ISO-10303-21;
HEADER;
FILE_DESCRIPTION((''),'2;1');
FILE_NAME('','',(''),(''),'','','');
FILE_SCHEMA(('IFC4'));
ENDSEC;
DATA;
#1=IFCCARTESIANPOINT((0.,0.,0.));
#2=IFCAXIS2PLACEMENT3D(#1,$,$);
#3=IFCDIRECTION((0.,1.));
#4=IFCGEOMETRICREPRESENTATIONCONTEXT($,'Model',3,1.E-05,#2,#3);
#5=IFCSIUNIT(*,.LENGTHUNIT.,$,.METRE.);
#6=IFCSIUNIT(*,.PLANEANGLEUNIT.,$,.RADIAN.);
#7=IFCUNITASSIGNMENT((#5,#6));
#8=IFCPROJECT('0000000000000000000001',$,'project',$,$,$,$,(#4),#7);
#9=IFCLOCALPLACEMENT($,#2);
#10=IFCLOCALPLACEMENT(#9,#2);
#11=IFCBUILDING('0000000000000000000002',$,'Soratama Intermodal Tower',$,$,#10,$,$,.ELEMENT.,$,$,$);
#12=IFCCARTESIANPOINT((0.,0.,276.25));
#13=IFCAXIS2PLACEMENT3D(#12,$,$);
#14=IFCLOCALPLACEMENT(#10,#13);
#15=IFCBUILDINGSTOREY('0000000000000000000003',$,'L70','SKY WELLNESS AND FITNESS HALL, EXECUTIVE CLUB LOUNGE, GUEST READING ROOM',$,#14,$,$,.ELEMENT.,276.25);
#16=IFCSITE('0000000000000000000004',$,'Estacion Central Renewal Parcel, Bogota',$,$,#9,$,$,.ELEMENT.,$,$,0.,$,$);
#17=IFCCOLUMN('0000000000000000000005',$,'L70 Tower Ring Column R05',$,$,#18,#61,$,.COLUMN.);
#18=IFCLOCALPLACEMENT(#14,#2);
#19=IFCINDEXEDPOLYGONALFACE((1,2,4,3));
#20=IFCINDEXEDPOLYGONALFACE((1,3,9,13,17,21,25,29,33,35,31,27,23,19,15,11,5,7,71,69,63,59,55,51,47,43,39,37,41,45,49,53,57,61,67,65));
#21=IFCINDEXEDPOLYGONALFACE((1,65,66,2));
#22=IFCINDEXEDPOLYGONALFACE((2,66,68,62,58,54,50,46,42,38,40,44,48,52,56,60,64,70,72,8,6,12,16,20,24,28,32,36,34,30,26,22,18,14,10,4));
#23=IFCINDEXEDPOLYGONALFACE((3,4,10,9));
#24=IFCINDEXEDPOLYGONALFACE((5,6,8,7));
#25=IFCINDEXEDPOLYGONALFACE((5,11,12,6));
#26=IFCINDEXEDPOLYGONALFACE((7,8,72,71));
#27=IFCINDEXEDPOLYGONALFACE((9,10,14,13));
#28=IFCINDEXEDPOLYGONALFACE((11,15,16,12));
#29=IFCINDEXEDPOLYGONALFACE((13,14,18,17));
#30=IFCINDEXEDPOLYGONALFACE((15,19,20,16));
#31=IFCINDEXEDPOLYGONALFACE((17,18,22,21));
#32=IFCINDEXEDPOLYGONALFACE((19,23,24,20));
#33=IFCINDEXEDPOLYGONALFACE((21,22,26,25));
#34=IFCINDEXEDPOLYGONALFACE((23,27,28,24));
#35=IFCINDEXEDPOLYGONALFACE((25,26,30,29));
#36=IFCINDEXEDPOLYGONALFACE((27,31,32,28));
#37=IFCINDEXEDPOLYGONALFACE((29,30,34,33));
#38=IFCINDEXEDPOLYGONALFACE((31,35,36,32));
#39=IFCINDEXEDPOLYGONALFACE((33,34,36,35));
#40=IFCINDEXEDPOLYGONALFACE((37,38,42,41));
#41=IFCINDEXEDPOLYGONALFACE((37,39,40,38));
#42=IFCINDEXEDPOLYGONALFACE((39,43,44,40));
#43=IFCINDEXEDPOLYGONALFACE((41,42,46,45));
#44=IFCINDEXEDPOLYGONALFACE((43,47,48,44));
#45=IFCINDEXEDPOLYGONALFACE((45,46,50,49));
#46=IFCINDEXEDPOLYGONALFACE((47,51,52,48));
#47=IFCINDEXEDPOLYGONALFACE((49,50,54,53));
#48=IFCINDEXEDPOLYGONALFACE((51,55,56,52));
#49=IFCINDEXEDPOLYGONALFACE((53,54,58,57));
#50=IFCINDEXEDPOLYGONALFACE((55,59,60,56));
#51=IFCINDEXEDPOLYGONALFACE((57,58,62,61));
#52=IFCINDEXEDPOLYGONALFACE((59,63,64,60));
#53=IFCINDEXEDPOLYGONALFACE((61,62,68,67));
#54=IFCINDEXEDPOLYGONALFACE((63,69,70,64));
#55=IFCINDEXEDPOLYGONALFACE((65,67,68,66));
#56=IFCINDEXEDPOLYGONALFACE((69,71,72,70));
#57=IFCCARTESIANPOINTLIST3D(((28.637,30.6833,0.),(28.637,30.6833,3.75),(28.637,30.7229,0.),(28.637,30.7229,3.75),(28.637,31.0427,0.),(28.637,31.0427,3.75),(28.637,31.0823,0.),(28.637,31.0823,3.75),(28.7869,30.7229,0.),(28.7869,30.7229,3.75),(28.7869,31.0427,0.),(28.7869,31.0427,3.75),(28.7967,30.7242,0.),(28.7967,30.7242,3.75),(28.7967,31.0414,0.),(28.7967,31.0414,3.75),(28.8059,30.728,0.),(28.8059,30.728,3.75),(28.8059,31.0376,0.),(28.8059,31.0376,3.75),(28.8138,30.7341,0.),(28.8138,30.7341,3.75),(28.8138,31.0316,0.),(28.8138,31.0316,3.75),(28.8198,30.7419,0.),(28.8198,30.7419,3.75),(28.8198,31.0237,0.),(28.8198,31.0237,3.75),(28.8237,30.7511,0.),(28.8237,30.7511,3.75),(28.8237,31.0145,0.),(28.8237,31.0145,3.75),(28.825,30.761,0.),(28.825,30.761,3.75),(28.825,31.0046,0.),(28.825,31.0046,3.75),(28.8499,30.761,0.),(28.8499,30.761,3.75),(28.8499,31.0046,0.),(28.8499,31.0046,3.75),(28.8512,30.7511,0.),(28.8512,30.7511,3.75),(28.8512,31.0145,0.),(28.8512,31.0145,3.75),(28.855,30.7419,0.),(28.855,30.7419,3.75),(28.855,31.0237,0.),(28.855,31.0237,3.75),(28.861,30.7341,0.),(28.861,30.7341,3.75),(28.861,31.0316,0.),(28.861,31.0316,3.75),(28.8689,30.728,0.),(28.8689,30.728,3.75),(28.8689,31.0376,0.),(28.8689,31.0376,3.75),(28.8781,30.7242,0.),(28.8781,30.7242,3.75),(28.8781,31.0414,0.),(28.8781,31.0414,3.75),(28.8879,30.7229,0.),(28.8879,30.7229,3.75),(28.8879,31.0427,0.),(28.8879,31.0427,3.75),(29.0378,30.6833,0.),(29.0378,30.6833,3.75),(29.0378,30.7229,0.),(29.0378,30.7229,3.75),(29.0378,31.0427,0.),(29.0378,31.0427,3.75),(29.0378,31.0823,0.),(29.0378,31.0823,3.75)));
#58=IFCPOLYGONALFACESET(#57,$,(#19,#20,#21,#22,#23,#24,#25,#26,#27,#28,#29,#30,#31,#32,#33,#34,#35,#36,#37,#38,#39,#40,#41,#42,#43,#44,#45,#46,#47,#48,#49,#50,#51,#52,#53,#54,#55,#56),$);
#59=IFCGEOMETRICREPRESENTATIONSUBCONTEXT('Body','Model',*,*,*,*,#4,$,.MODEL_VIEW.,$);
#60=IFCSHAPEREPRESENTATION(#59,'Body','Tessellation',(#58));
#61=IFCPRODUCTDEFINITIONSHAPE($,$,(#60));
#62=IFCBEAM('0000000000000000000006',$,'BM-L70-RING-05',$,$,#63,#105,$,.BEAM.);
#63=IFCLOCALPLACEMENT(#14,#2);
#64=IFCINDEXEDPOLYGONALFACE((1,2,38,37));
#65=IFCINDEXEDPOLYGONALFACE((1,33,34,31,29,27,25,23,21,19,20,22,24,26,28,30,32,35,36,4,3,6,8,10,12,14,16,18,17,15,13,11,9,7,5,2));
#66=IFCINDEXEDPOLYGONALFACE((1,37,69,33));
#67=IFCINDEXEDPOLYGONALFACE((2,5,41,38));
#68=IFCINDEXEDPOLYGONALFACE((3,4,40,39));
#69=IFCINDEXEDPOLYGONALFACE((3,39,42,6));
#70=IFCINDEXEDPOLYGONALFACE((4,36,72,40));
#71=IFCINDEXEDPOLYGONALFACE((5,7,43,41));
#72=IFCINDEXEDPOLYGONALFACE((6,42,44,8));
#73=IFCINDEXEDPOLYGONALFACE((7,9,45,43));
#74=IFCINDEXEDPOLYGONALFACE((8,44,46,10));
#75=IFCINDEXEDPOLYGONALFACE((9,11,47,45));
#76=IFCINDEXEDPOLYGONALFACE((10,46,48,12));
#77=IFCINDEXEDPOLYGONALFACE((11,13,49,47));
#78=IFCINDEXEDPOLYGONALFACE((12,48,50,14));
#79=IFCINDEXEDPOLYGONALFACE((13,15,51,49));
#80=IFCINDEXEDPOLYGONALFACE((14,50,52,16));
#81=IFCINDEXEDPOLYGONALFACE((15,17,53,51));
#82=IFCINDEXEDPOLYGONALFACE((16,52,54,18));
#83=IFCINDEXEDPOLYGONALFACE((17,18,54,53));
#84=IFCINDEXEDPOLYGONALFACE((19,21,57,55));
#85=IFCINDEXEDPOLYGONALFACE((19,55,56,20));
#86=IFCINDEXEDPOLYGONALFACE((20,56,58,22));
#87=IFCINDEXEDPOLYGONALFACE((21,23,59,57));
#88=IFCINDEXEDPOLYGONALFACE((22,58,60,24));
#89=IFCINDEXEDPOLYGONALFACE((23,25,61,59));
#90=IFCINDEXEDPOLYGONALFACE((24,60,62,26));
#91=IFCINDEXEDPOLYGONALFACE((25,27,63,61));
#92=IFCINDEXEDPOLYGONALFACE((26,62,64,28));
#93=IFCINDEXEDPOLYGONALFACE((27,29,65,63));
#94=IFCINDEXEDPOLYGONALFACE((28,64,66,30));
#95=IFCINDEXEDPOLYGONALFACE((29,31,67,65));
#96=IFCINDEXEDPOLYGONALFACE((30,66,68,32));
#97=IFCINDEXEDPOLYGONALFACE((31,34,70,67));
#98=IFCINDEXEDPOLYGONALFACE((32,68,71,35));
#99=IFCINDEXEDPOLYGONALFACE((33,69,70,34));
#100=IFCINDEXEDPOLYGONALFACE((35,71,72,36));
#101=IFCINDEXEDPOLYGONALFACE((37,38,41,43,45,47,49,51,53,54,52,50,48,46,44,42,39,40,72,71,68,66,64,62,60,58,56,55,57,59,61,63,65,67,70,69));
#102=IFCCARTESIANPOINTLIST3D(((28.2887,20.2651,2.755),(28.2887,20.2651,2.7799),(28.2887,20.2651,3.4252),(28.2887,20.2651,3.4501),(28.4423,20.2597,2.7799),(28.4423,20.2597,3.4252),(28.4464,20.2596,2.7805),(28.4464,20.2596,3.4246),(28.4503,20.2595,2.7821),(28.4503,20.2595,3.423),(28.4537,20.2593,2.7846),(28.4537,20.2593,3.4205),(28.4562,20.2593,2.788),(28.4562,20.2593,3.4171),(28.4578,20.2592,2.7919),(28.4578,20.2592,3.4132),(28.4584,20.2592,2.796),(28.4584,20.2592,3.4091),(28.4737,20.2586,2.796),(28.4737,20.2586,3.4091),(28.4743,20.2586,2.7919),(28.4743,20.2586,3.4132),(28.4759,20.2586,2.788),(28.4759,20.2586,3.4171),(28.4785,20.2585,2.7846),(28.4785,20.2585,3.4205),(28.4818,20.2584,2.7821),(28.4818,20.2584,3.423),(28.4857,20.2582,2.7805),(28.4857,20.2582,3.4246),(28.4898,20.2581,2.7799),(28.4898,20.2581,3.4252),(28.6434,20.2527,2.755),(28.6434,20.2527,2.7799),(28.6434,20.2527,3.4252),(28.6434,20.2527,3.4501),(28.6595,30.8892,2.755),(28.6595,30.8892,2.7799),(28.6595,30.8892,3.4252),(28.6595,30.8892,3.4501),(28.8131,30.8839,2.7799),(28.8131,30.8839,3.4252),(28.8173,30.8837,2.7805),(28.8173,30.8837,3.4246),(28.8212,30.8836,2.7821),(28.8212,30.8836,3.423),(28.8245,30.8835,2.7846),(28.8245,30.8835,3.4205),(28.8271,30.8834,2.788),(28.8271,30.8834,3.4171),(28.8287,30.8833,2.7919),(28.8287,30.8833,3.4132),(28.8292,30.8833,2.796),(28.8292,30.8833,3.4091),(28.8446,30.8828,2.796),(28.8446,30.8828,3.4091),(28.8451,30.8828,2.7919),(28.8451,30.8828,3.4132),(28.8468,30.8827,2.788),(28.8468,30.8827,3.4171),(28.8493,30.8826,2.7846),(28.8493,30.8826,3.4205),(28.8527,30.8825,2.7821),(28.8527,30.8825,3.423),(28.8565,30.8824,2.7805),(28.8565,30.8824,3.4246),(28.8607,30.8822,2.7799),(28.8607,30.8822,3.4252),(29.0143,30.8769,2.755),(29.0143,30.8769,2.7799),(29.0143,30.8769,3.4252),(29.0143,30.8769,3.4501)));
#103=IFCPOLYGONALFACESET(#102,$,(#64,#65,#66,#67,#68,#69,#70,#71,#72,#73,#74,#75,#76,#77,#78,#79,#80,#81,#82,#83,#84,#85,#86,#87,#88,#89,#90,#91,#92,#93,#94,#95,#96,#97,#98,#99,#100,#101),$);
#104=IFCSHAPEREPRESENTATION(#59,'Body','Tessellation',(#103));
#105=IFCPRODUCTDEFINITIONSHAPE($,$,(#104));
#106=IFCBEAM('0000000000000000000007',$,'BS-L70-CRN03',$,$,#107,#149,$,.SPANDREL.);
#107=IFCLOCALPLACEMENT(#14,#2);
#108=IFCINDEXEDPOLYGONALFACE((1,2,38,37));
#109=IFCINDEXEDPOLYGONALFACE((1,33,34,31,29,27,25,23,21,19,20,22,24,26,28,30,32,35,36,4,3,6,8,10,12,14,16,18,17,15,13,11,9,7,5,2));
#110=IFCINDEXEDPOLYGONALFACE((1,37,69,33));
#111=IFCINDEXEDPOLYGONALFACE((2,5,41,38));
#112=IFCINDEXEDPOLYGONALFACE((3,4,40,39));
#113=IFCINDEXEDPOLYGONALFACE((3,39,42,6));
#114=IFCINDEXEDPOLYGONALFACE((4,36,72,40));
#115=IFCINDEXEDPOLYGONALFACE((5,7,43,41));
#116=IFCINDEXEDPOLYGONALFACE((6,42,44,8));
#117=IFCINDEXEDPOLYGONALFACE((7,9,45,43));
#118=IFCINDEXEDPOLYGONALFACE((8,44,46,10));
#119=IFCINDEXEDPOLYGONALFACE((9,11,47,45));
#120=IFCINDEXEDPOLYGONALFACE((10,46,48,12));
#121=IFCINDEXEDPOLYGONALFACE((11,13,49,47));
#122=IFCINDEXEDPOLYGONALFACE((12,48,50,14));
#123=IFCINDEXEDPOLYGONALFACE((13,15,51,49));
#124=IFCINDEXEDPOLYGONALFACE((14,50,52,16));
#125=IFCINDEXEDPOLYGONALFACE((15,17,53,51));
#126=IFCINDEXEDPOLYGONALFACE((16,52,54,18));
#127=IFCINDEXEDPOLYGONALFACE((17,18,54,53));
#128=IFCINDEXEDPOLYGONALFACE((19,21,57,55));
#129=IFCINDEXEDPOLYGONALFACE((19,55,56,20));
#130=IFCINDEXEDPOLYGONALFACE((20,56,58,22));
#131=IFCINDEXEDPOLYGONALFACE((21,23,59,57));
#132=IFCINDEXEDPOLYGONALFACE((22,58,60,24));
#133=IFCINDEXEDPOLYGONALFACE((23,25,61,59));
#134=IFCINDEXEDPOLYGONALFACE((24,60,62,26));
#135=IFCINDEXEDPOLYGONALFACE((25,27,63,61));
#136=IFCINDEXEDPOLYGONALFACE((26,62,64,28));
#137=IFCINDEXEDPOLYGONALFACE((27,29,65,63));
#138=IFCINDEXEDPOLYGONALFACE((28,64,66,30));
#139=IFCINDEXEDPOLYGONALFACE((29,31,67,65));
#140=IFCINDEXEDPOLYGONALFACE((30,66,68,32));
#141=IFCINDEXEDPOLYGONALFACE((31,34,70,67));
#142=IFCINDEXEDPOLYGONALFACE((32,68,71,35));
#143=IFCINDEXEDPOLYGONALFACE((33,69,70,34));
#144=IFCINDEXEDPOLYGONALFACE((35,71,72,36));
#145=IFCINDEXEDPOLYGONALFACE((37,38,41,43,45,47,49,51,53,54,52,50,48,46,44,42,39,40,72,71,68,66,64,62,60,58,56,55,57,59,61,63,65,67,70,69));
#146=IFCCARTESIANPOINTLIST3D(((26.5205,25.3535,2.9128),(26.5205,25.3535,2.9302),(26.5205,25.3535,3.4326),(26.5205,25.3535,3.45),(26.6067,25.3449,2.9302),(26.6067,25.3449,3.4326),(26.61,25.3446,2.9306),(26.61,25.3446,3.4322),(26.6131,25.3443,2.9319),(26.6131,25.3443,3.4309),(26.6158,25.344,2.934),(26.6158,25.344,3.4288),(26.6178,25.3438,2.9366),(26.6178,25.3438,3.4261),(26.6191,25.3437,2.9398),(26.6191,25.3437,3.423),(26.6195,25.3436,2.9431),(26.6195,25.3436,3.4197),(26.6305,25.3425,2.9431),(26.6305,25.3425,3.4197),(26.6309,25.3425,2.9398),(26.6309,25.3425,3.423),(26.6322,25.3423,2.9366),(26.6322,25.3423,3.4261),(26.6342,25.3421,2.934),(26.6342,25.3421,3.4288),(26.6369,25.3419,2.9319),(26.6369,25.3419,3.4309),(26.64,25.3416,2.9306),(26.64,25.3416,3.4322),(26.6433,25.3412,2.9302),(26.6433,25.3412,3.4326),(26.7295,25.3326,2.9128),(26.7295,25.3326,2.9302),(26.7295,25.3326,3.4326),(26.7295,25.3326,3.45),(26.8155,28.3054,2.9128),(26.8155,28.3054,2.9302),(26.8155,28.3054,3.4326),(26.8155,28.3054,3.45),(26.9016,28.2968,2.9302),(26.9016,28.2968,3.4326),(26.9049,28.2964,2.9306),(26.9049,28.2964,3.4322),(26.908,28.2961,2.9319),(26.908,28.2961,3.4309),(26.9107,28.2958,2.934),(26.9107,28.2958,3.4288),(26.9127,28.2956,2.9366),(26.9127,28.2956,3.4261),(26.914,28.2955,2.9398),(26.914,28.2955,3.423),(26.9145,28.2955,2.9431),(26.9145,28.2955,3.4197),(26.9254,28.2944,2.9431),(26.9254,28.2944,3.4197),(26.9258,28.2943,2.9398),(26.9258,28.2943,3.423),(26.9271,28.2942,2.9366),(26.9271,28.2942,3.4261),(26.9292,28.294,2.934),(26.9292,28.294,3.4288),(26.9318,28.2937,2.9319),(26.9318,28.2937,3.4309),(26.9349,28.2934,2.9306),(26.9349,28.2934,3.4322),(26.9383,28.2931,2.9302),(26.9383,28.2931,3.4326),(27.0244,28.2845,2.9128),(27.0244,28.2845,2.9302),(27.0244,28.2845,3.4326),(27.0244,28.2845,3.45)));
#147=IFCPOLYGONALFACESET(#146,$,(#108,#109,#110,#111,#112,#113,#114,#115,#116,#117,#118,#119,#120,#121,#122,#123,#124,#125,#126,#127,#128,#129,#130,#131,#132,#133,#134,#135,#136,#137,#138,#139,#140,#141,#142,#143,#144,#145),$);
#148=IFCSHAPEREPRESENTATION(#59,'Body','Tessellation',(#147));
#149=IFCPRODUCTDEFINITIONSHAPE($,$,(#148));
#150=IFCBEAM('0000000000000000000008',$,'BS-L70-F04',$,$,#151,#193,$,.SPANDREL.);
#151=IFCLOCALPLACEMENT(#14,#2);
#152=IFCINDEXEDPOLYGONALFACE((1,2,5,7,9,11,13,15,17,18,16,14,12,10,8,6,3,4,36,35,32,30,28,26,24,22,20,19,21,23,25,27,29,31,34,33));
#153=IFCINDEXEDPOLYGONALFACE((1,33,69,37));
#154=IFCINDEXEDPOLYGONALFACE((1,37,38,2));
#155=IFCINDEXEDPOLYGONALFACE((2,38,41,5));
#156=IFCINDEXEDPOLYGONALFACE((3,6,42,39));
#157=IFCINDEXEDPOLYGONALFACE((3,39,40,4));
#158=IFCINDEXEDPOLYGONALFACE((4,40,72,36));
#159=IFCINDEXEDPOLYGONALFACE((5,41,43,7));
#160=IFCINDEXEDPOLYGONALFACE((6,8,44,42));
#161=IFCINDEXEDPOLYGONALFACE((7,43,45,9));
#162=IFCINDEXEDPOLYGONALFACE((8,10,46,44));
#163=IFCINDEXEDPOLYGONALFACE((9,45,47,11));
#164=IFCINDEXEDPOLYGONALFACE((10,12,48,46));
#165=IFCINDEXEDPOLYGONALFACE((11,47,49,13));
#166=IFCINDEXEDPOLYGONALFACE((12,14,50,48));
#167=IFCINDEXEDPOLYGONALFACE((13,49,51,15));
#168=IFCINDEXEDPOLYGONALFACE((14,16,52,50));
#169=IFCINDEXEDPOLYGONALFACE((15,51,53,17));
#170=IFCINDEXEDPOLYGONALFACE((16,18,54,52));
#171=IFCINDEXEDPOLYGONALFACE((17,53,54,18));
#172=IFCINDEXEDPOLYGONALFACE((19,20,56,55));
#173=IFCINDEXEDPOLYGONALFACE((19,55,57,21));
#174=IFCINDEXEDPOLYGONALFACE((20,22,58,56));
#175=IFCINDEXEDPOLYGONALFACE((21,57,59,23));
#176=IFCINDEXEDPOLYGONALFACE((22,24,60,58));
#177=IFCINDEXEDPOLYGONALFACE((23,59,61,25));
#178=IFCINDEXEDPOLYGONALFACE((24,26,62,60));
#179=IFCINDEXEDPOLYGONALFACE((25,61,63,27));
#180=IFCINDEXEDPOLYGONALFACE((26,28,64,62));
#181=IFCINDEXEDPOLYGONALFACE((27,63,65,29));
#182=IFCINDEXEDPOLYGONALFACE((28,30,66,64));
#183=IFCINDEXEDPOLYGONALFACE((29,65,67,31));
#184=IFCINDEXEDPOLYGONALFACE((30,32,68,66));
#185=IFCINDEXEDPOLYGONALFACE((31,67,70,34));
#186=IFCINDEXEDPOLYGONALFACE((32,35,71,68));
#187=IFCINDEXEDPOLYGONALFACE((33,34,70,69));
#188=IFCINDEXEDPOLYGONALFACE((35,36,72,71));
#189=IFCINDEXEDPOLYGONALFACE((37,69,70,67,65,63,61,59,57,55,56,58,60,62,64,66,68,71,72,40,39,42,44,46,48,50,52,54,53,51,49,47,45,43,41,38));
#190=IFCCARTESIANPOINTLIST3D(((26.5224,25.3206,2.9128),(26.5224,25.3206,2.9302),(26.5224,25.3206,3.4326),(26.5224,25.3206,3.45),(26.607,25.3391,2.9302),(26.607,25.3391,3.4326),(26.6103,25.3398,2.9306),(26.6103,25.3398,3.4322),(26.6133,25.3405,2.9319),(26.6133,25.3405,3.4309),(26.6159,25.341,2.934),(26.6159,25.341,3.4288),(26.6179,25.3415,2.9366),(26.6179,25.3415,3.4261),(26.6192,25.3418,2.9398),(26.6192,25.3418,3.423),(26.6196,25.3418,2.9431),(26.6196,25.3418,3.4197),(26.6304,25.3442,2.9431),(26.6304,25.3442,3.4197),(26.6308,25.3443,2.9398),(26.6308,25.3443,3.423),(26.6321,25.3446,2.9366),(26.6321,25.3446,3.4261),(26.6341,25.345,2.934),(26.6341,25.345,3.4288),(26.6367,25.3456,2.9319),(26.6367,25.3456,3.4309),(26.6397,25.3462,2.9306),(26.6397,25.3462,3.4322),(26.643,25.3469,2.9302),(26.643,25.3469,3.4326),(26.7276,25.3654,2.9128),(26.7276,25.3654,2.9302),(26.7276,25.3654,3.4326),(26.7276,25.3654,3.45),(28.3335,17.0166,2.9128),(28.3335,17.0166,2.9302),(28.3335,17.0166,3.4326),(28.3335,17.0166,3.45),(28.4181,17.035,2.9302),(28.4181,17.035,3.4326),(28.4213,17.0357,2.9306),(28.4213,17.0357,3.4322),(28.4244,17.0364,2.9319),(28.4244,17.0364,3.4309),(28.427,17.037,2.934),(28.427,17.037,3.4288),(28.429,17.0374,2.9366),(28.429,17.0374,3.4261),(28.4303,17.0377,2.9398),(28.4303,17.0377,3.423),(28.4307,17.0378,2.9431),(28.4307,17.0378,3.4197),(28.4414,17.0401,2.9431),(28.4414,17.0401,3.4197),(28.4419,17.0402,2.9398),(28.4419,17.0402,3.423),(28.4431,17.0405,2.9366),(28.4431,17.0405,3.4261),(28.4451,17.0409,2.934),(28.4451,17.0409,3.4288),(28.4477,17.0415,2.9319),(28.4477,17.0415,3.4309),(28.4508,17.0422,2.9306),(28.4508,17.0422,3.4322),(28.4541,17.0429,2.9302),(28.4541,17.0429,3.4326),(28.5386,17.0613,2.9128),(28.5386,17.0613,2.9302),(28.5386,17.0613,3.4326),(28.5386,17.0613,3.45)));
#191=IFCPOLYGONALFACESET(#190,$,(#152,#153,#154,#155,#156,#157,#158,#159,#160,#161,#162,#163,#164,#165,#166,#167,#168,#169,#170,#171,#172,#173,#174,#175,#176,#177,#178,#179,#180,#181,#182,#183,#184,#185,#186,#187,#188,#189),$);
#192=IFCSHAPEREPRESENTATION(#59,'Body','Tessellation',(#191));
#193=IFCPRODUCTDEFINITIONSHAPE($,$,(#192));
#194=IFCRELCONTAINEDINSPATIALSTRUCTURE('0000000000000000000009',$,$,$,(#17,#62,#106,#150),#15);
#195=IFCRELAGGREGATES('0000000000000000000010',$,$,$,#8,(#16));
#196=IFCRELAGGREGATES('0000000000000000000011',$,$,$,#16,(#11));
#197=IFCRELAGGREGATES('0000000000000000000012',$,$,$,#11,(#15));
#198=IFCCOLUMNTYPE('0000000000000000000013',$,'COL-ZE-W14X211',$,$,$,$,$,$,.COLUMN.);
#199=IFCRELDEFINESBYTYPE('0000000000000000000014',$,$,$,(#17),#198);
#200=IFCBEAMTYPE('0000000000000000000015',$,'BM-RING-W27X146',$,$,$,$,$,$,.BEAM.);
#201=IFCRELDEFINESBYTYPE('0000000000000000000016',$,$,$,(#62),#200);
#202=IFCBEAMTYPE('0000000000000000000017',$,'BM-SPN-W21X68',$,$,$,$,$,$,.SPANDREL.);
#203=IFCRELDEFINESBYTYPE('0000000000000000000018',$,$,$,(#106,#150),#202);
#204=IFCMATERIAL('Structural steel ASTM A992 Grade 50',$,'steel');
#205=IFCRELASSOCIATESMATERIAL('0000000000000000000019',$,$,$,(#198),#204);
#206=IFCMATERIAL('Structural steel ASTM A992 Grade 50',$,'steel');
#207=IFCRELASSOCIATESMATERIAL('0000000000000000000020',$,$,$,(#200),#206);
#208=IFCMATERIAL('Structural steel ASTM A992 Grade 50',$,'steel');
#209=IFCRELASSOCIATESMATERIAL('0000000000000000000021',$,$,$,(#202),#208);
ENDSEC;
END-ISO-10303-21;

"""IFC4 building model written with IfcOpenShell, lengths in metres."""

from ifc_helpers import new_model, si_unit, direction, frame, origin, origin_2d, place, context, subcontext, project, spatial, i_section, extrude, material, material_profile, profile_set, type_object, element, save


model = new_model("IFC4")

# Units and contexts
model_context = context("Model", 3, precision=1e-05, world=origin(), true_north=direction((0.0, 1.0)))
body_context = subcontext(model_context, "Body", "Model", "MODEL_VIEW")
ifc_project = project(units=[si_unit("LENGTHUNIT", "METRE"), si_unit("PLANEANGLEUNIT", "RADIAN")], contexts=[model_context])

# Site, building, storey
site_placement = place(None, origin())
site = spatial("IfcSite", under=ifc_project, at=site_placement, Name="Estacion Central Renewal Parcel, Bogota", CompositionType="ELEMENT", RefElevation=0.0)
building_placement = place(site_placement, origin())
building = spatial("IfcBuilding", under=site, at=building_placement, Name="Soratama Intermodal Tower", CompositionType="ELEMENT")
storey_placement = place(building_placement, frame((0.0, 0.0, 276.25)))
storey = spatial("IfcBuildingStorey", under=building, at=storey_placement, Name="L70", Description="SKY WELLNESS AND FITNESS HALL, EXECUTIVE CLUB LOUNGE, GUEST READING ROOM", CompositionType="ELEMENT", Elevation=276.25)

# Column
ifc_material_1 = material(Name="Structural steel ASTM A992 Grade 50", Category="steel")
ifc_material_profile_1 = material_profile(ifc_material_1, i_section(OverallWidth=0.4009, OverallDepth=0.3989, WebThickness=0.0249, FlangeThickness=0.0396, FilletRadius=0.0381, at=origin_2d()), Name="W14X211")
ifc_profile_set_1 = profile_set([ifc_material_profile_1], Name="Structural steel ASTM A992 Grade 50")
column_type = type_object("IfcColumnType", Name="COL-ZE-W14X211", PredefinedType="COLUMN", material=ifc_profile_set_1)
column_placement = place(storey_placement, frame((28.8374, 30.8828, 0.0), z_axis=(0.0, 0.0, 1.0), x_axis=(1.0, 0.0, 0.0)))
element("IfcColumn", 1, at=column_placement, inside=storey, type_object=column_type, Name="L70 Tower Ring Column R05", PredefinedType="COLUMN", context=body_context, shape_type="SweptSolid", body=[
    extrude(i_section(OverallWidth=0.4009, OverallDepth=0.3989, WebThickness=0.0249, FlangeThickness=0.0396, FilletRadius=0.0381, at=origin_2d()), origin(), (0.0, 0.0, 1.0), 3.75),
])

# Beams
ifc_material_2 = material(Name="Structural steel ASTM A992 Grade 50", Category="steel")
ifc_material_profile_2 = material_profile(ifc_material_2, i_section(OverallWidth=0.355, OverallDepth=0.6951, WebThickness=0.0154, FlangeThickness=0.0249, FilletRadius=0.0161, at=origin_2d()), Name="W27X146")
ifc_profile_set_2 = profile_set([ifc_material_profile_2], Name="Structural steel ASTM A992 Grade 50")
beam_type_1 = type_object("IfcBeamType", Name="BM-RING-W27X146", PredefinedType="BEAM", material=ifc_profile_set_2)
beam_1_placement = place(storey_placement, frame((28.8369, 30.8831, 3.1025), z_axis=(-0.034885, -0.999391, 0.0), x_axis=(0.999391, -0.034885, 0.0)))
element("IfcBeam", 2, at=beam_1_placement, inside=storey, type_object=beam_type_1, Name="BM-L70-RING-05", PredefinedType="BEAM", context=body_context, shape_type="SweptSolid", body=[
    extrude(i_section(OverallWidth=0.355, OverallDepth=0.6951, WebThickness=0.0154, FlangeThickness=0.0249, FilletRadius=0.0161, at=origin_2d()), origin(), (0.0, 0.0, 1.0), 10.6306),
])
ifc_material_3 = material(Name="Structural steel ASTM A992 Grade 50", Category="steel")
ifc_material_profile_3 = material_profile(ifc_material_3, i_section(OverallWidth=0.21, OverallDepth=0.5371, WebThickness=0.011, FlangeThickness=0.0173, FilletRadius=0.0129, at=origin_2d()), Name="W21X68")
ifc_profile_set_3 = profile_set([ifc_material_profile_3], Name="Structural steel ASTM A992 Grade 50")
beam_type_2 = type_object("IfcBeamType", Name="BM-SPN-W21X68", PredefinedType="SPANDREL", material=ifc_profile_set_3)
beam_2_placement = place(storey_placement, frame((26.9199, 28.2949, 3.1814), z_axis=(-0.099414, -0.995046, 0.0), x_axis=(0.995046, -0.099414, 0.0)))
element("IfcBeam", 3, at=beam_2_placement, inside=storey, type_object=beam_type_2, Name="BS-L70-CRN03", PredefinedType="SPANDREL", context=body_context, shape_type="SweptSolid", body=[
    extrude(i_section(OverallWidth=0.21, OverallDepth=0.5371, WebThickness=0.011, FlangeThickness=0.0173, FilletRadius=0.0129, at=origin_2d()), origin(), (0.0, 0.0, 1.0), 2.9666),
])
beam_3_placement = place(storey_placement, frame((26.625, 25.343, 3.1814), z_axis=(0.213084, -0.977034, 0.0), x_axis=(0.977034, 0.213084, 0.0)))
element("IfcBeam", 4, at=beam_3_placement, inside=storey, type_object=beam_type_2, Name="BS-L70-F04", PredefinedType="SPANDREL", context=body_context, shape_type="SweptSolid", body=[
    extrude(i_section(OverallWidth=0.21, OverallDepth=0.5371, WebThickness=0.011, FlangeThickness=0.0173, FilletRadius=0.0129, at=origin_2d()), origin(), (0.0, 0.0, 1.0), 8.4993),
])

save(model, "model.ifc")
